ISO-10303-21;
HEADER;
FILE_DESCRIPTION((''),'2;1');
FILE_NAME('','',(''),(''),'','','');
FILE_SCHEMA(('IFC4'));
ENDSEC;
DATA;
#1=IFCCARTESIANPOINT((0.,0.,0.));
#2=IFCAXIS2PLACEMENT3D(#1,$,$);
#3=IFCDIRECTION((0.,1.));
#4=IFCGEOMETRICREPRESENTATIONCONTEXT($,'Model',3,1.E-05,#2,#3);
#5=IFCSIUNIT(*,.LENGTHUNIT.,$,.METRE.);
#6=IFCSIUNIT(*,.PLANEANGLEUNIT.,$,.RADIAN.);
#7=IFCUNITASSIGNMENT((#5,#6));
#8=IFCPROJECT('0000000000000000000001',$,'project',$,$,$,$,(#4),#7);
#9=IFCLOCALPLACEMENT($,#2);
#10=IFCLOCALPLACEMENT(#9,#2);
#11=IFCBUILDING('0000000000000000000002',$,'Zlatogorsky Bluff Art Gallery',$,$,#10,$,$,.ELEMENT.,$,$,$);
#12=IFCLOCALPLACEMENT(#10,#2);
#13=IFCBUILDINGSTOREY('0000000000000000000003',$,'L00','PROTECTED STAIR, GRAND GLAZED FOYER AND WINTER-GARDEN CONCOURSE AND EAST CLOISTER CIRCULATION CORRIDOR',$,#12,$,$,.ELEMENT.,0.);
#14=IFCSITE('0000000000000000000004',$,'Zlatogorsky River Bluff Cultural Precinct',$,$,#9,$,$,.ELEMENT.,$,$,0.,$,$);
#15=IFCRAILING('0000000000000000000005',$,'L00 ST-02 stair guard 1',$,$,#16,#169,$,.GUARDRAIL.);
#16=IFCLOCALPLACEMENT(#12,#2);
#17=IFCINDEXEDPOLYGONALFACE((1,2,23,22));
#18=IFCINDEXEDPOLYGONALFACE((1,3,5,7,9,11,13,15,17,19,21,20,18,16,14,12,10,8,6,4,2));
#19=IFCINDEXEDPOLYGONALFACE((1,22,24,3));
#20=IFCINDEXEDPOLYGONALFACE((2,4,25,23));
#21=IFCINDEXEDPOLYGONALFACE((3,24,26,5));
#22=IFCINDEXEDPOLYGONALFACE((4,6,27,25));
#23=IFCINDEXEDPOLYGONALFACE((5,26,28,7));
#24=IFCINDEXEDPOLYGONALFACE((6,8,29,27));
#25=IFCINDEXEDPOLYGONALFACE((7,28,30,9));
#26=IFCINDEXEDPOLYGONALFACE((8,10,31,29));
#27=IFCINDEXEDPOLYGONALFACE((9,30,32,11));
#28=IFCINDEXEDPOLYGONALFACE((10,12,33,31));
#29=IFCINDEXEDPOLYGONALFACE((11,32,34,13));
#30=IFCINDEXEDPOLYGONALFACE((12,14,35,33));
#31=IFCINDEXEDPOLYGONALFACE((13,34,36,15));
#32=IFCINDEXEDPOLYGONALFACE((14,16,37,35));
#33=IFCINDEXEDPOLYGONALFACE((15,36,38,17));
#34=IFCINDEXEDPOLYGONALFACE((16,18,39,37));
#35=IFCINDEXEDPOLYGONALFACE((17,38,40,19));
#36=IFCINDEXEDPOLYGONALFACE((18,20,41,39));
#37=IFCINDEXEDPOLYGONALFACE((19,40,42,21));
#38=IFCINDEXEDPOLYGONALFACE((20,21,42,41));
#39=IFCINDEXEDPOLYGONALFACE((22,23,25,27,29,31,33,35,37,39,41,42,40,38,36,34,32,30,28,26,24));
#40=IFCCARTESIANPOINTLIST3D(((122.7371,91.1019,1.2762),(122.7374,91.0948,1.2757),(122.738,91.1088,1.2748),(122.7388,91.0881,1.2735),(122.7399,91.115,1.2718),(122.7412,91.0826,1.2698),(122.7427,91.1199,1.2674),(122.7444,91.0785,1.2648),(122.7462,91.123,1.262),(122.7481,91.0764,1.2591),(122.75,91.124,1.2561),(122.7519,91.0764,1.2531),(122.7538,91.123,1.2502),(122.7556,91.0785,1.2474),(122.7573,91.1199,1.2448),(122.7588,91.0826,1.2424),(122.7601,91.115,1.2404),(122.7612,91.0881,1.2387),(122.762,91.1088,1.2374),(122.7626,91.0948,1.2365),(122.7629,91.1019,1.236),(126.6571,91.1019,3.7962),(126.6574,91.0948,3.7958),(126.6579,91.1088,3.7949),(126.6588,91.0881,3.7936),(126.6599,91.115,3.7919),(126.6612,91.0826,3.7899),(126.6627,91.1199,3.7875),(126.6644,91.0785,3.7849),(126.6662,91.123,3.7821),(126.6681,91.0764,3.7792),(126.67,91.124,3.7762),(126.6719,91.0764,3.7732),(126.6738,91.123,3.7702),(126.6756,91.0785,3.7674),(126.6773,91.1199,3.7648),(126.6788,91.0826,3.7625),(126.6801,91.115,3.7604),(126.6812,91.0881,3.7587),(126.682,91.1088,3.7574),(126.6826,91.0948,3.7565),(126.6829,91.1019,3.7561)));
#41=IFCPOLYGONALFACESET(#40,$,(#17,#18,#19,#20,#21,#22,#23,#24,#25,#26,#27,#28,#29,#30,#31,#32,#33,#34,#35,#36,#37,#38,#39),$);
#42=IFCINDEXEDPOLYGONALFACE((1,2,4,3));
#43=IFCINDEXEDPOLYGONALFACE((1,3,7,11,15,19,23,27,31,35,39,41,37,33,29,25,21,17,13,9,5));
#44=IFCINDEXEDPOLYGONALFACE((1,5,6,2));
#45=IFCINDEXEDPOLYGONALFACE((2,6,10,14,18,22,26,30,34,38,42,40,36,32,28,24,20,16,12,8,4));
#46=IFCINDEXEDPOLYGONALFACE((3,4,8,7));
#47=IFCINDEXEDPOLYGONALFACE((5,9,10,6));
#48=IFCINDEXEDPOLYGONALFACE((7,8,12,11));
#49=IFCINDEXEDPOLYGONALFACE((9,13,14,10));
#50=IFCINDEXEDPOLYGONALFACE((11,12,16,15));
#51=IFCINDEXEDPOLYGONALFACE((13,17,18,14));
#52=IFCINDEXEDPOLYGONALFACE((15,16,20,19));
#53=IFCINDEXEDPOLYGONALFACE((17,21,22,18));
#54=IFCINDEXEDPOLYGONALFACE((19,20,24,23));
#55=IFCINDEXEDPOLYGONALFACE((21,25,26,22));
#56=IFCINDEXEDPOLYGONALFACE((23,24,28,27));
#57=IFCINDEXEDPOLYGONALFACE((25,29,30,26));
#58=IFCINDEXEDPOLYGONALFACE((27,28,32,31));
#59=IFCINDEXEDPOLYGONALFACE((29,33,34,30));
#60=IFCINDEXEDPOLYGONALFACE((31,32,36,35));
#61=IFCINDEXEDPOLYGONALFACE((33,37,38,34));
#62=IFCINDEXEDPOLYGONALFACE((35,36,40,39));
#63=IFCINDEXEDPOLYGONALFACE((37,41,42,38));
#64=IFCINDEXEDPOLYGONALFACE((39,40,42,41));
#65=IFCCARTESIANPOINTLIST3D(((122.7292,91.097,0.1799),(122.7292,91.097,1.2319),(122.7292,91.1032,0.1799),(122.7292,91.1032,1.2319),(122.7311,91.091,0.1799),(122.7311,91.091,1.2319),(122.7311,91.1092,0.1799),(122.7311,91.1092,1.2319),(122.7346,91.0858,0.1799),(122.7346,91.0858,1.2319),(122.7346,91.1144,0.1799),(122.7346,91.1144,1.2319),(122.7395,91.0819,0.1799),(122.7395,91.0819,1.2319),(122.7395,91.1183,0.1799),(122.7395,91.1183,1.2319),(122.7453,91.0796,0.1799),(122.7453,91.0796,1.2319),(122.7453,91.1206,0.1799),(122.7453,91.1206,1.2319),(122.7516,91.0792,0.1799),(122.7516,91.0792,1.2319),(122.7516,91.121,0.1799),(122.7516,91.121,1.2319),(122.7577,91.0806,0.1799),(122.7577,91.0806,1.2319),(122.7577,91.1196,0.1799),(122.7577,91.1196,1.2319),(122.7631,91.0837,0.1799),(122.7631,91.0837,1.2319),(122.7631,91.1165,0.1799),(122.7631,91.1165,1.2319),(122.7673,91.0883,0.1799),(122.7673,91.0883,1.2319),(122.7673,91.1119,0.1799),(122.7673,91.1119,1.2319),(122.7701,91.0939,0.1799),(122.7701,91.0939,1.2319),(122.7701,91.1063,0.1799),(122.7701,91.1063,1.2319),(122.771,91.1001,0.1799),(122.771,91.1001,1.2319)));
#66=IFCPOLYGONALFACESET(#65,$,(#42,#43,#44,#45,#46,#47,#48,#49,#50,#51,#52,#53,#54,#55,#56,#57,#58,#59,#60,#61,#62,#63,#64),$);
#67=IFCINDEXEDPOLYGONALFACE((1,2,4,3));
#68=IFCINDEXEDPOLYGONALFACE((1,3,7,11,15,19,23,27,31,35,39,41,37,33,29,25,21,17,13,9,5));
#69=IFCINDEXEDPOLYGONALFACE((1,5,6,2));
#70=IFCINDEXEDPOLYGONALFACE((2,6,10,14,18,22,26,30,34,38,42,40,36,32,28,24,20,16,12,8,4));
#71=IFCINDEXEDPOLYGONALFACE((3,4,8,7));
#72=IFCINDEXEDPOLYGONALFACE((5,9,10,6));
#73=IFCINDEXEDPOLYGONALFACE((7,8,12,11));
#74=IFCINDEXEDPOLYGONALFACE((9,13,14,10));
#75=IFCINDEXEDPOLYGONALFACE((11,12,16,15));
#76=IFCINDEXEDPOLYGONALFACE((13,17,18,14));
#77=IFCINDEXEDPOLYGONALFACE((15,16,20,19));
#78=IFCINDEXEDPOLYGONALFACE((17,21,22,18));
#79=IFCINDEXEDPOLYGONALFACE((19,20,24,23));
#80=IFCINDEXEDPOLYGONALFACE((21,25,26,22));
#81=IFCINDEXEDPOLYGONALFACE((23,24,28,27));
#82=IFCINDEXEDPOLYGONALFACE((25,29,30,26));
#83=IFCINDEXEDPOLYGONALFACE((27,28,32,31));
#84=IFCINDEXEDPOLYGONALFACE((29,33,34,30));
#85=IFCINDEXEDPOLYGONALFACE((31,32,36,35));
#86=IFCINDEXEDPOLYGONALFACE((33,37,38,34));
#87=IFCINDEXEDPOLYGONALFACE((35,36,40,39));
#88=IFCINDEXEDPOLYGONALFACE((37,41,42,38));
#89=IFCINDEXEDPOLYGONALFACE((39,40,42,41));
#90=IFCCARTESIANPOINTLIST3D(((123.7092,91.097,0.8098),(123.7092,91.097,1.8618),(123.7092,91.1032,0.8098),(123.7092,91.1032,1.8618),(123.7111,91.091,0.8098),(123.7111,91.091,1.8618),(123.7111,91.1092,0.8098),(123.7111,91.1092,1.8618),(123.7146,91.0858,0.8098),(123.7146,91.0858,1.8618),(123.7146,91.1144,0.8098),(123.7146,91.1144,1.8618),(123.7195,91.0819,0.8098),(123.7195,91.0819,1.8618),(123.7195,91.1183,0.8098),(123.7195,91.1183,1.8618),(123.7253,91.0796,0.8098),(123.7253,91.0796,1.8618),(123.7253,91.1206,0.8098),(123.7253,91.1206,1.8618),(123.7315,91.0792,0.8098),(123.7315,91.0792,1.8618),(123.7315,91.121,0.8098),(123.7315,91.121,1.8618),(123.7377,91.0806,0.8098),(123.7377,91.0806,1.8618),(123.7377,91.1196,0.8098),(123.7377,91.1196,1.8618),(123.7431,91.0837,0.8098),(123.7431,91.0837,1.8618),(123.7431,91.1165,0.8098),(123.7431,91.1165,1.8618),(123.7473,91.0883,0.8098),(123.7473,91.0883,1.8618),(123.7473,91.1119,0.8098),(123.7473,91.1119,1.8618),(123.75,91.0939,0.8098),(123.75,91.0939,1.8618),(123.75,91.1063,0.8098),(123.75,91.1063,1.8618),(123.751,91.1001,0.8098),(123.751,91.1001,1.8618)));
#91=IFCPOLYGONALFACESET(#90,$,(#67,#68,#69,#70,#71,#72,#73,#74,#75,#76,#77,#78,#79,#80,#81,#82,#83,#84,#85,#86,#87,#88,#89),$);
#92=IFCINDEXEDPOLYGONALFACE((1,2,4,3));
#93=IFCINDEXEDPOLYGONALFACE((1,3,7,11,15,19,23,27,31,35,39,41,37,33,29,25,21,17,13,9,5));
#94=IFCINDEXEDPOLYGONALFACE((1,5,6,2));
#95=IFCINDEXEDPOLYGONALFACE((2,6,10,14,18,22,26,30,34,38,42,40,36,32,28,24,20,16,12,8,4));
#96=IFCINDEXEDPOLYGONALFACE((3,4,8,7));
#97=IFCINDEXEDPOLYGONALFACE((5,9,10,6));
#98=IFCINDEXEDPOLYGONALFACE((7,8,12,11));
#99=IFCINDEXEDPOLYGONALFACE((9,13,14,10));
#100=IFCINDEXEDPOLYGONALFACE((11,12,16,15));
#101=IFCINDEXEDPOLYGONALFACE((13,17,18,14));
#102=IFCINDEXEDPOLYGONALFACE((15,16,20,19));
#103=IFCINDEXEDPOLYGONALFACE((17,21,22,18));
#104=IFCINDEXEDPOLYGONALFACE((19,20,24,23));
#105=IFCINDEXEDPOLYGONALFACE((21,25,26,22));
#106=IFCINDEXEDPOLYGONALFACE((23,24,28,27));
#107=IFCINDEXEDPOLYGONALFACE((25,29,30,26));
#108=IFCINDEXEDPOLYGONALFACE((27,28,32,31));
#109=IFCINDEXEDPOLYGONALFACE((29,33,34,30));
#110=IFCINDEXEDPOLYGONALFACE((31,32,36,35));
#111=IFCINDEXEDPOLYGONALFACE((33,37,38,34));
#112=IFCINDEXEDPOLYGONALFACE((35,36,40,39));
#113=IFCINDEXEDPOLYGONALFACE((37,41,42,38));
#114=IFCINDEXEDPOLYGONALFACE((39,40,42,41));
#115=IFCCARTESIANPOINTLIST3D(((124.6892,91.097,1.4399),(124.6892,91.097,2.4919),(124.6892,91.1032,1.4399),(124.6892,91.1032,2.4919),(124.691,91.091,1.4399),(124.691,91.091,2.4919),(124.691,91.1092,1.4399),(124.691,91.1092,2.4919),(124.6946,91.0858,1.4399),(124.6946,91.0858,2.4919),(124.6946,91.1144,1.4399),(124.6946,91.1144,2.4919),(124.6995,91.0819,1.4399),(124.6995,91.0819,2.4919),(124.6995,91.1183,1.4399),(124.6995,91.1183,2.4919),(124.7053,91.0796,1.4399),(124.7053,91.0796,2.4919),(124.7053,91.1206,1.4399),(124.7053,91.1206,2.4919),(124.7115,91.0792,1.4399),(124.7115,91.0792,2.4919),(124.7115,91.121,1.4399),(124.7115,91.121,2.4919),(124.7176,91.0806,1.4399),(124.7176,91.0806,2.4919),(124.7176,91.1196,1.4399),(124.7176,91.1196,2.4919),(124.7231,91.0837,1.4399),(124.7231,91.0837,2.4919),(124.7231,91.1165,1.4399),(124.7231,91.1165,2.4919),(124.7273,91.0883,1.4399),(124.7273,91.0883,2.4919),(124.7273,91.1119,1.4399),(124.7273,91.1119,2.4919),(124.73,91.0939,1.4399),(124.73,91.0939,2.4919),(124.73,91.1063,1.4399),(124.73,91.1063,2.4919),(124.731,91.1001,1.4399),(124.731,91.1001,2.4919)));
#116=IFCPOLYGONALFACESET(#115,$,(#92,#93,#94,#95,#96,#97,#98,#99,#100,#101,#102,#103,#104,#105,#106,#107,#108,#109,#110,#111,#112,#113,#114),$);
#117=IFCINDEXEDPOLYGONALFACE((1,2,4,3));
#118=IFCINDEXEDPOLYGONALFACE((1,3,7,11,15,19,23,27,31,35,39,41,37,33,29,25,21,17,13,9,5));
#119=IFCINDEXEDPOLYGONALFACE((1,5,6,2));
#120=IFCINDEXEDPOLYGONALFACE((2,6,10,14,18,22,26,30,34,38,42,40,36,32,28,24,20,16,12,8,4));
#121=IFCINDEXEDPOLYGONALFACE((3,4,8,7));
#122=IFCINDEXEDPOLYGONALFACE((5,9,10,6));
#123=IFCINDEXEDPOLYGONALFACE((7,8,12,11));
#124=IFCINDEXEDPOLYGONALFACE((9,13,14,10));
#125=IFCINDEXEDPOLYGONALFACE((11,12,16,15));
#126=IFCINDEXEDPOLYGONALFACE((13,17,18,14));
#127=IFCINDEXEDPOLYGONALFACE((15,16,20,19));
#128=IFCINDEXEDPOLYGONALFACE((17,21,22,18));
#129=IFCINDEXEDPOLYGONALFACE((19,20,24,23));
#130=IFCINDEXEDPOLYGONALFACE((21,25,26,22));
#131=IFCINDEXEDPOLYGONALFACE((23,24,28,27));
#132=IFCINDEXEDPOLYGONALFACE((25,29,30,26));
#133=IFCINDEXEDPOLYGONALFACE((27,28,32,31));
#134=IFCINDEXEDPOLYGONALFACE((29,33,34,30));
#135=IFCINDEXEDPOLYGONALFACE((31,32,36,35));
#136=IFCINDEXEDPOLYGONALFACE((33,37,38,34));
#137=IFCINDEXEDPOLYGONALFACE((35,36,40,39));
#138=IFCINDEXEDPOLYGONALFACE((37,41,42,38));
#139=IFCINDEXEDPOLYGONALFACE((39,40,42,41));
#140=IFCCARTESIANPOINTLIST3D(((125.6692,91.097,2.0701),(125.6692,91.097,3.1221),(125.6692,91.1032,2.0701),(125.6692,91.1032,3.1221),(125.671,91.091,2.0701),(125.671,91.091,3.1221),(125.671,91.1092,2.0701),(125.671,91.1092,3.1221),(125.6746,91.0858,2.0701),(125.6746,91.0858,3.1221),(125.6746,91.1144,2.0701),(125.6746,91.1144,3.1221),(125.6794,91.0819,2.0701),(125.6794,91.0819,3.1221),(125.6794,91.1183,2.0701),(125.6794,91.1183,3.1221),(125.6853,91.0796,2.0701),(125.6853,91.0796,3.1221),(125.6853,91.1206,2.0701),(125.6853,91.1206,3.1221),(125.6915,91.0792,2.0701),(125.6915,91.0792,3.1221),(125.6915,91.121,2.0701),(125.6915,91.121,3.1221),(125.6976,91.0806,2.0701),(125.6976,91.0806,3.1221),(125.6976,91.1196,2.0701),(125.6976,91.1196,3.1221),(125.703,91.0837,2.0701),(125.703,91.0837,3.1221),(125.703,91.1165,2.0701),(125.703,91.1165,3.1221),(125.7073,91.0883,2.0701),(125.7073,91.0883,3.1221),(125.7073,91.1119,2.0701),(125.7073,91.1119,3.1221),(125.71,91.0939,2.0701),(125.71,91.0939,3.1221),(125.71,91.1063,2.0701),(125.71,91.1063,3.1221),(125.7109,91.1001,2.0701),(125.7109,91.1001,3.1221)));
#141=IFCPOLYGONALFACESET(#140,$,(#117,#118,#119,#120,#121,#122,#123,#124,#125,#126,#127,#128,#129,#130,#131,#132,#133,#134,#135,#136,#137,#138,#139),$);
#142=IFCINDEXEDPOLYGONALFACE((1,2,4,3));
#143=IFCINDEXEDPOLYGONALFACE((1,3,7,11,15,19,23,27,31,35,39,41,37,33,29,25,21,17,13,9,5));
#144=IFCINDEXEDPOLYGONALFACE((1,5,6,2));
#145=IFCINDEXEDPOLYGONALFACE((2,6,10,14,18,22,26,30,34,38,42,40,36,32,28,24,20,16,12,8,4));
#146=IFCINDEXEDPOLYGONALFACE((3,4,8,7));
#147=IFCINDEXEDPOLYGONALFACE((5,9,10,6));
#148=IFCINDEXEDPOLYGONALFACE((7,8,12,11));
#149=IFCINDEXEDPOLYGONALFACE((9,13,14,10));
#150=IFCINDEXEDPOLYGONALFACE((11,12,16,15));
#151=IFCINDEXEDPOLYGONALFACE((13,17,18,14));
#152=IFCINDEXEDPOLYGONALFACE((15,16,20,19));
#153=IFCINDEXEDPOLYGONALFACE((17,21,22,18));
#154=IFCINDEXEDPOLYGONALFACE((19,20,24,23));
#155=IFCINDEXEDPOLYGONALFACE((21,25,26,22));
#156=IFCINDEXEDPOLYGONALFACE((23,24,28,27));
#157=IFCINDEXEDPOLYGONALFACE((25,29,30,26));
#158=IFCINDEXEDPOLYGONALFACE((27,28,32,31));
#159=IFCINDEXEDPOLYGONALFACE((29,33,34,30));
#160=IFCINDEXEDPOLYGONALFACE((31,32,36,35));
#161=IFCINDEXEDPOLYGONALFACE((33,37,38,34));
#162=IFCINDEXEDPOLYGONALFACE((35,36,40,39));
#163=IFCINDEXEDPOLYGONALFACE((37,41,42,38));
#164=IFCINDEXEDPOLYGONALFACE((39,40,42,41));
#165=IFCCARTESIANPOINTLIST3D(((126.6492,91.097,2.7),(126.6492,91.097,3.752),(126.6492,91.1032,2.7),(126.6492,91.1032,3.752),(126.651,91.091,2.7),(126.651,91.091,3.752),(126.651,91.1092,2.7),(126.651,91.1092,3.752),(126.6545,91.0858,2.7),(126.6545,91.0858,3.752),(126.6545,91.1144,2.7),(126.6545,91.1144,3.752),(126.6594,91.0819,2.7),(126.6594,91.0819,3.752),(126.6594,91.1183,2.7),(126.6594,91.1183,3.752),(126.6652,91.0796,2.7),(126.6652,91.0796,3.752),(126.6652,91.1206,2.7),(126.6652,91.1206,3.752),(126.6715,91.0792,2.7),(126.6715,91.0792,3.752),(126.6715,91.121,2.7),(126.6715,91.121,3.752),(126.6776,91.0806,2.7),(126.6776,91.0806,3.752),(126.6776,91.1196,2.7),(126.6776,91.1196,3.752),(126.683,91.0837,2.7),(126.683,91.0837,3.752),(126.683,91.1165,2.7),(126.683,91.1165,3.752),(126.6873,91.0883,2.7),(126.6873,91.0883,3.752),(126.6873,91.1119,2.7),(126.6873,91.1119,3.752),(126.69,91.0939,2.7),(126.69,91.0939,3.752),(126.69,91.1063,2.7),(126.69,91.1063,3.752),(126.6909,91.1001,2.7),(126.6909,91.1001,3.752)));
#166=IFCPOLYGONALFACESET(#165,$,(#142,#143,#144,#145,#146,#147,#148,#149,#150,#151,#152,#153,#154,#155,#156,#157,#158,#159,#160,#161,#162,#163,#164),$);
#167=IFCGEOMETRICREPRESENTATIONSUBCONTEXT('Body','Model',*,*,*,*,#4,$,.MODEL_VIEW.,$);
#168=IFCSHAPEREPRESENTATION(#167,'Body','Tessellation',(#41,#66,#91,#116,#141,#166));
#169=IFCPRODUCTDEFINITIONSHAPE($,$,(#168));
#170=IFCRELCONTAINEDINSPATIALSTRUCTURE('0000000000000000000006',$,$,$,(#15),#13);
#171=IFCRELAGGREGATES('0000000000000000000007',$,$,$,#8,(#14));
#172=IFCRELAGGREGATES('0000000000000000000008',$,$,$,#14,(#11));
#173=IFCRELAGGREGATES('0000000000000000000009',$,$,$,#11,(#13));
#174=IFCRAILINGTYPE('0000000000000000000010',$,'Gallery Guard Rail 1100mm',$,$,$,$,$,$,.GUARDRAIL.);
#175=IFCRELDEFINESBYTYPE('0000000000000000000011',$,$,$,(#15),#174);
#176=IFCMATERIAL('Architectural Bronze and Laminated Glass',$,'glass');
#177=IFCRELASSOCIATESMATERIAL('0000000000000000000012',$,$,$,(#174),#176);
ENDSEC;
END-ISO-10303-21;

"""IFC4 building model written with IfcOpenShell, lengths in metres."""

from ifc_helpers import new_model, si_unit, direction, frame, origin, origin_2d, place, context, subcontext, project, spatial, circle, extrude, material, type_object, element, save


model = new_model("IFC4")

# Units and contexts
model_context = context("Model", 3, precision=1e-05, world=origin(), true_north=direction((0.0, 1.0)))
body_context = subcontext(model_context, "Body", "Model", "MODEL_VIEW")
ifc_project = project(units=[si_unit("LENGTHUNIT", "METRE"), si_unit("PLANEANGLEUNIT", "RADIAN")], contexts=[model_context])

# Site, building, storey
site_placement = place(None, origin())
site = spatial("IfcSite", under=ifc_project, at=site_placement, Name="Zlatogorsky River Bluff Cultural Precinct", CompositionType="ELEMENT", RefElevation=0.0)
building_placement = place(site_placement, origin())
building = spatial("IfcBuilding", under=site, at=building_placement, Name="Zlatogorsky Bluff Art Gallery", CompositionType="ELEMENT")
storey_placement = place(building_placement, origin())
storey = spatial("IfcBuildingStorey", under=building, at=storey_placement, Name="L00", Description="PROTECTED STAIR, GRAND GLAZED FOYER AND WINTER-GARDEN CONCOURSE AND EAST CLOISTER CIRCULATION CORRIDOR", CompositionType="ELEMENT", Elevation=0.0)

# Railing
ifc_material_1 = material(Name="Architectural Bronze and Laminated Glass", Category="glass")
railing_type_1 = type_object("IfcRailingType", Name="Gallery Guard Rail 1100mm", PredefinedType="GUARDRAIL", material=ifc_material_1)
railing_1_placement = place(storey_placement, frame((122.75, 91.1001, 0.1799)))
element("IfcRailing", 1, at=railing_1_placement, inside=storey, type_object=railing_type_1, Name="L00 ST-02 stair guard 1", PredefinedType="GUARDRAIL", context=body_context, shape_type="SweptSolid", body=[
    extrude(circle(Radius=0.0239, at=origin_2d()), frame((0.0, 0.0, 1.0762), z_axis=(0.841172, 0.0, 0.540768), x_axis=(0.0, 1.0, 0.0)), (0.0, 0.0, 1.0), 4.6602),
    extrude(circle(Radius=0.021, at=origin_2d()), origin(), (0.0, 0.0, 1.0), 1.052),
    extrude(circle(Radius=0.021, at=origin_2d()), frame((0.98, 0.0, 0.6299)), (0.0, 0.0, 1.0), 1.052),
    extrude(circle(Radius=0.021, at=origin_2d()), frame((1.96, 0.0, 1.26)), (0.0, 0.0, 1.0), 1.052),
    extrude(circle(Radius=0.021, at=origin_2d()), frame((2.9399, 0.0, 1.8901)), (0.0, 0.0, 1.0), 1.052),
    extrude(circle(Radius=0.021, at=origin_2d()), frame((3.9199, 0.0, 2.52)), (0.0, 0.0, 1.0), 1.052),
])

save(model, "model.ifc")
